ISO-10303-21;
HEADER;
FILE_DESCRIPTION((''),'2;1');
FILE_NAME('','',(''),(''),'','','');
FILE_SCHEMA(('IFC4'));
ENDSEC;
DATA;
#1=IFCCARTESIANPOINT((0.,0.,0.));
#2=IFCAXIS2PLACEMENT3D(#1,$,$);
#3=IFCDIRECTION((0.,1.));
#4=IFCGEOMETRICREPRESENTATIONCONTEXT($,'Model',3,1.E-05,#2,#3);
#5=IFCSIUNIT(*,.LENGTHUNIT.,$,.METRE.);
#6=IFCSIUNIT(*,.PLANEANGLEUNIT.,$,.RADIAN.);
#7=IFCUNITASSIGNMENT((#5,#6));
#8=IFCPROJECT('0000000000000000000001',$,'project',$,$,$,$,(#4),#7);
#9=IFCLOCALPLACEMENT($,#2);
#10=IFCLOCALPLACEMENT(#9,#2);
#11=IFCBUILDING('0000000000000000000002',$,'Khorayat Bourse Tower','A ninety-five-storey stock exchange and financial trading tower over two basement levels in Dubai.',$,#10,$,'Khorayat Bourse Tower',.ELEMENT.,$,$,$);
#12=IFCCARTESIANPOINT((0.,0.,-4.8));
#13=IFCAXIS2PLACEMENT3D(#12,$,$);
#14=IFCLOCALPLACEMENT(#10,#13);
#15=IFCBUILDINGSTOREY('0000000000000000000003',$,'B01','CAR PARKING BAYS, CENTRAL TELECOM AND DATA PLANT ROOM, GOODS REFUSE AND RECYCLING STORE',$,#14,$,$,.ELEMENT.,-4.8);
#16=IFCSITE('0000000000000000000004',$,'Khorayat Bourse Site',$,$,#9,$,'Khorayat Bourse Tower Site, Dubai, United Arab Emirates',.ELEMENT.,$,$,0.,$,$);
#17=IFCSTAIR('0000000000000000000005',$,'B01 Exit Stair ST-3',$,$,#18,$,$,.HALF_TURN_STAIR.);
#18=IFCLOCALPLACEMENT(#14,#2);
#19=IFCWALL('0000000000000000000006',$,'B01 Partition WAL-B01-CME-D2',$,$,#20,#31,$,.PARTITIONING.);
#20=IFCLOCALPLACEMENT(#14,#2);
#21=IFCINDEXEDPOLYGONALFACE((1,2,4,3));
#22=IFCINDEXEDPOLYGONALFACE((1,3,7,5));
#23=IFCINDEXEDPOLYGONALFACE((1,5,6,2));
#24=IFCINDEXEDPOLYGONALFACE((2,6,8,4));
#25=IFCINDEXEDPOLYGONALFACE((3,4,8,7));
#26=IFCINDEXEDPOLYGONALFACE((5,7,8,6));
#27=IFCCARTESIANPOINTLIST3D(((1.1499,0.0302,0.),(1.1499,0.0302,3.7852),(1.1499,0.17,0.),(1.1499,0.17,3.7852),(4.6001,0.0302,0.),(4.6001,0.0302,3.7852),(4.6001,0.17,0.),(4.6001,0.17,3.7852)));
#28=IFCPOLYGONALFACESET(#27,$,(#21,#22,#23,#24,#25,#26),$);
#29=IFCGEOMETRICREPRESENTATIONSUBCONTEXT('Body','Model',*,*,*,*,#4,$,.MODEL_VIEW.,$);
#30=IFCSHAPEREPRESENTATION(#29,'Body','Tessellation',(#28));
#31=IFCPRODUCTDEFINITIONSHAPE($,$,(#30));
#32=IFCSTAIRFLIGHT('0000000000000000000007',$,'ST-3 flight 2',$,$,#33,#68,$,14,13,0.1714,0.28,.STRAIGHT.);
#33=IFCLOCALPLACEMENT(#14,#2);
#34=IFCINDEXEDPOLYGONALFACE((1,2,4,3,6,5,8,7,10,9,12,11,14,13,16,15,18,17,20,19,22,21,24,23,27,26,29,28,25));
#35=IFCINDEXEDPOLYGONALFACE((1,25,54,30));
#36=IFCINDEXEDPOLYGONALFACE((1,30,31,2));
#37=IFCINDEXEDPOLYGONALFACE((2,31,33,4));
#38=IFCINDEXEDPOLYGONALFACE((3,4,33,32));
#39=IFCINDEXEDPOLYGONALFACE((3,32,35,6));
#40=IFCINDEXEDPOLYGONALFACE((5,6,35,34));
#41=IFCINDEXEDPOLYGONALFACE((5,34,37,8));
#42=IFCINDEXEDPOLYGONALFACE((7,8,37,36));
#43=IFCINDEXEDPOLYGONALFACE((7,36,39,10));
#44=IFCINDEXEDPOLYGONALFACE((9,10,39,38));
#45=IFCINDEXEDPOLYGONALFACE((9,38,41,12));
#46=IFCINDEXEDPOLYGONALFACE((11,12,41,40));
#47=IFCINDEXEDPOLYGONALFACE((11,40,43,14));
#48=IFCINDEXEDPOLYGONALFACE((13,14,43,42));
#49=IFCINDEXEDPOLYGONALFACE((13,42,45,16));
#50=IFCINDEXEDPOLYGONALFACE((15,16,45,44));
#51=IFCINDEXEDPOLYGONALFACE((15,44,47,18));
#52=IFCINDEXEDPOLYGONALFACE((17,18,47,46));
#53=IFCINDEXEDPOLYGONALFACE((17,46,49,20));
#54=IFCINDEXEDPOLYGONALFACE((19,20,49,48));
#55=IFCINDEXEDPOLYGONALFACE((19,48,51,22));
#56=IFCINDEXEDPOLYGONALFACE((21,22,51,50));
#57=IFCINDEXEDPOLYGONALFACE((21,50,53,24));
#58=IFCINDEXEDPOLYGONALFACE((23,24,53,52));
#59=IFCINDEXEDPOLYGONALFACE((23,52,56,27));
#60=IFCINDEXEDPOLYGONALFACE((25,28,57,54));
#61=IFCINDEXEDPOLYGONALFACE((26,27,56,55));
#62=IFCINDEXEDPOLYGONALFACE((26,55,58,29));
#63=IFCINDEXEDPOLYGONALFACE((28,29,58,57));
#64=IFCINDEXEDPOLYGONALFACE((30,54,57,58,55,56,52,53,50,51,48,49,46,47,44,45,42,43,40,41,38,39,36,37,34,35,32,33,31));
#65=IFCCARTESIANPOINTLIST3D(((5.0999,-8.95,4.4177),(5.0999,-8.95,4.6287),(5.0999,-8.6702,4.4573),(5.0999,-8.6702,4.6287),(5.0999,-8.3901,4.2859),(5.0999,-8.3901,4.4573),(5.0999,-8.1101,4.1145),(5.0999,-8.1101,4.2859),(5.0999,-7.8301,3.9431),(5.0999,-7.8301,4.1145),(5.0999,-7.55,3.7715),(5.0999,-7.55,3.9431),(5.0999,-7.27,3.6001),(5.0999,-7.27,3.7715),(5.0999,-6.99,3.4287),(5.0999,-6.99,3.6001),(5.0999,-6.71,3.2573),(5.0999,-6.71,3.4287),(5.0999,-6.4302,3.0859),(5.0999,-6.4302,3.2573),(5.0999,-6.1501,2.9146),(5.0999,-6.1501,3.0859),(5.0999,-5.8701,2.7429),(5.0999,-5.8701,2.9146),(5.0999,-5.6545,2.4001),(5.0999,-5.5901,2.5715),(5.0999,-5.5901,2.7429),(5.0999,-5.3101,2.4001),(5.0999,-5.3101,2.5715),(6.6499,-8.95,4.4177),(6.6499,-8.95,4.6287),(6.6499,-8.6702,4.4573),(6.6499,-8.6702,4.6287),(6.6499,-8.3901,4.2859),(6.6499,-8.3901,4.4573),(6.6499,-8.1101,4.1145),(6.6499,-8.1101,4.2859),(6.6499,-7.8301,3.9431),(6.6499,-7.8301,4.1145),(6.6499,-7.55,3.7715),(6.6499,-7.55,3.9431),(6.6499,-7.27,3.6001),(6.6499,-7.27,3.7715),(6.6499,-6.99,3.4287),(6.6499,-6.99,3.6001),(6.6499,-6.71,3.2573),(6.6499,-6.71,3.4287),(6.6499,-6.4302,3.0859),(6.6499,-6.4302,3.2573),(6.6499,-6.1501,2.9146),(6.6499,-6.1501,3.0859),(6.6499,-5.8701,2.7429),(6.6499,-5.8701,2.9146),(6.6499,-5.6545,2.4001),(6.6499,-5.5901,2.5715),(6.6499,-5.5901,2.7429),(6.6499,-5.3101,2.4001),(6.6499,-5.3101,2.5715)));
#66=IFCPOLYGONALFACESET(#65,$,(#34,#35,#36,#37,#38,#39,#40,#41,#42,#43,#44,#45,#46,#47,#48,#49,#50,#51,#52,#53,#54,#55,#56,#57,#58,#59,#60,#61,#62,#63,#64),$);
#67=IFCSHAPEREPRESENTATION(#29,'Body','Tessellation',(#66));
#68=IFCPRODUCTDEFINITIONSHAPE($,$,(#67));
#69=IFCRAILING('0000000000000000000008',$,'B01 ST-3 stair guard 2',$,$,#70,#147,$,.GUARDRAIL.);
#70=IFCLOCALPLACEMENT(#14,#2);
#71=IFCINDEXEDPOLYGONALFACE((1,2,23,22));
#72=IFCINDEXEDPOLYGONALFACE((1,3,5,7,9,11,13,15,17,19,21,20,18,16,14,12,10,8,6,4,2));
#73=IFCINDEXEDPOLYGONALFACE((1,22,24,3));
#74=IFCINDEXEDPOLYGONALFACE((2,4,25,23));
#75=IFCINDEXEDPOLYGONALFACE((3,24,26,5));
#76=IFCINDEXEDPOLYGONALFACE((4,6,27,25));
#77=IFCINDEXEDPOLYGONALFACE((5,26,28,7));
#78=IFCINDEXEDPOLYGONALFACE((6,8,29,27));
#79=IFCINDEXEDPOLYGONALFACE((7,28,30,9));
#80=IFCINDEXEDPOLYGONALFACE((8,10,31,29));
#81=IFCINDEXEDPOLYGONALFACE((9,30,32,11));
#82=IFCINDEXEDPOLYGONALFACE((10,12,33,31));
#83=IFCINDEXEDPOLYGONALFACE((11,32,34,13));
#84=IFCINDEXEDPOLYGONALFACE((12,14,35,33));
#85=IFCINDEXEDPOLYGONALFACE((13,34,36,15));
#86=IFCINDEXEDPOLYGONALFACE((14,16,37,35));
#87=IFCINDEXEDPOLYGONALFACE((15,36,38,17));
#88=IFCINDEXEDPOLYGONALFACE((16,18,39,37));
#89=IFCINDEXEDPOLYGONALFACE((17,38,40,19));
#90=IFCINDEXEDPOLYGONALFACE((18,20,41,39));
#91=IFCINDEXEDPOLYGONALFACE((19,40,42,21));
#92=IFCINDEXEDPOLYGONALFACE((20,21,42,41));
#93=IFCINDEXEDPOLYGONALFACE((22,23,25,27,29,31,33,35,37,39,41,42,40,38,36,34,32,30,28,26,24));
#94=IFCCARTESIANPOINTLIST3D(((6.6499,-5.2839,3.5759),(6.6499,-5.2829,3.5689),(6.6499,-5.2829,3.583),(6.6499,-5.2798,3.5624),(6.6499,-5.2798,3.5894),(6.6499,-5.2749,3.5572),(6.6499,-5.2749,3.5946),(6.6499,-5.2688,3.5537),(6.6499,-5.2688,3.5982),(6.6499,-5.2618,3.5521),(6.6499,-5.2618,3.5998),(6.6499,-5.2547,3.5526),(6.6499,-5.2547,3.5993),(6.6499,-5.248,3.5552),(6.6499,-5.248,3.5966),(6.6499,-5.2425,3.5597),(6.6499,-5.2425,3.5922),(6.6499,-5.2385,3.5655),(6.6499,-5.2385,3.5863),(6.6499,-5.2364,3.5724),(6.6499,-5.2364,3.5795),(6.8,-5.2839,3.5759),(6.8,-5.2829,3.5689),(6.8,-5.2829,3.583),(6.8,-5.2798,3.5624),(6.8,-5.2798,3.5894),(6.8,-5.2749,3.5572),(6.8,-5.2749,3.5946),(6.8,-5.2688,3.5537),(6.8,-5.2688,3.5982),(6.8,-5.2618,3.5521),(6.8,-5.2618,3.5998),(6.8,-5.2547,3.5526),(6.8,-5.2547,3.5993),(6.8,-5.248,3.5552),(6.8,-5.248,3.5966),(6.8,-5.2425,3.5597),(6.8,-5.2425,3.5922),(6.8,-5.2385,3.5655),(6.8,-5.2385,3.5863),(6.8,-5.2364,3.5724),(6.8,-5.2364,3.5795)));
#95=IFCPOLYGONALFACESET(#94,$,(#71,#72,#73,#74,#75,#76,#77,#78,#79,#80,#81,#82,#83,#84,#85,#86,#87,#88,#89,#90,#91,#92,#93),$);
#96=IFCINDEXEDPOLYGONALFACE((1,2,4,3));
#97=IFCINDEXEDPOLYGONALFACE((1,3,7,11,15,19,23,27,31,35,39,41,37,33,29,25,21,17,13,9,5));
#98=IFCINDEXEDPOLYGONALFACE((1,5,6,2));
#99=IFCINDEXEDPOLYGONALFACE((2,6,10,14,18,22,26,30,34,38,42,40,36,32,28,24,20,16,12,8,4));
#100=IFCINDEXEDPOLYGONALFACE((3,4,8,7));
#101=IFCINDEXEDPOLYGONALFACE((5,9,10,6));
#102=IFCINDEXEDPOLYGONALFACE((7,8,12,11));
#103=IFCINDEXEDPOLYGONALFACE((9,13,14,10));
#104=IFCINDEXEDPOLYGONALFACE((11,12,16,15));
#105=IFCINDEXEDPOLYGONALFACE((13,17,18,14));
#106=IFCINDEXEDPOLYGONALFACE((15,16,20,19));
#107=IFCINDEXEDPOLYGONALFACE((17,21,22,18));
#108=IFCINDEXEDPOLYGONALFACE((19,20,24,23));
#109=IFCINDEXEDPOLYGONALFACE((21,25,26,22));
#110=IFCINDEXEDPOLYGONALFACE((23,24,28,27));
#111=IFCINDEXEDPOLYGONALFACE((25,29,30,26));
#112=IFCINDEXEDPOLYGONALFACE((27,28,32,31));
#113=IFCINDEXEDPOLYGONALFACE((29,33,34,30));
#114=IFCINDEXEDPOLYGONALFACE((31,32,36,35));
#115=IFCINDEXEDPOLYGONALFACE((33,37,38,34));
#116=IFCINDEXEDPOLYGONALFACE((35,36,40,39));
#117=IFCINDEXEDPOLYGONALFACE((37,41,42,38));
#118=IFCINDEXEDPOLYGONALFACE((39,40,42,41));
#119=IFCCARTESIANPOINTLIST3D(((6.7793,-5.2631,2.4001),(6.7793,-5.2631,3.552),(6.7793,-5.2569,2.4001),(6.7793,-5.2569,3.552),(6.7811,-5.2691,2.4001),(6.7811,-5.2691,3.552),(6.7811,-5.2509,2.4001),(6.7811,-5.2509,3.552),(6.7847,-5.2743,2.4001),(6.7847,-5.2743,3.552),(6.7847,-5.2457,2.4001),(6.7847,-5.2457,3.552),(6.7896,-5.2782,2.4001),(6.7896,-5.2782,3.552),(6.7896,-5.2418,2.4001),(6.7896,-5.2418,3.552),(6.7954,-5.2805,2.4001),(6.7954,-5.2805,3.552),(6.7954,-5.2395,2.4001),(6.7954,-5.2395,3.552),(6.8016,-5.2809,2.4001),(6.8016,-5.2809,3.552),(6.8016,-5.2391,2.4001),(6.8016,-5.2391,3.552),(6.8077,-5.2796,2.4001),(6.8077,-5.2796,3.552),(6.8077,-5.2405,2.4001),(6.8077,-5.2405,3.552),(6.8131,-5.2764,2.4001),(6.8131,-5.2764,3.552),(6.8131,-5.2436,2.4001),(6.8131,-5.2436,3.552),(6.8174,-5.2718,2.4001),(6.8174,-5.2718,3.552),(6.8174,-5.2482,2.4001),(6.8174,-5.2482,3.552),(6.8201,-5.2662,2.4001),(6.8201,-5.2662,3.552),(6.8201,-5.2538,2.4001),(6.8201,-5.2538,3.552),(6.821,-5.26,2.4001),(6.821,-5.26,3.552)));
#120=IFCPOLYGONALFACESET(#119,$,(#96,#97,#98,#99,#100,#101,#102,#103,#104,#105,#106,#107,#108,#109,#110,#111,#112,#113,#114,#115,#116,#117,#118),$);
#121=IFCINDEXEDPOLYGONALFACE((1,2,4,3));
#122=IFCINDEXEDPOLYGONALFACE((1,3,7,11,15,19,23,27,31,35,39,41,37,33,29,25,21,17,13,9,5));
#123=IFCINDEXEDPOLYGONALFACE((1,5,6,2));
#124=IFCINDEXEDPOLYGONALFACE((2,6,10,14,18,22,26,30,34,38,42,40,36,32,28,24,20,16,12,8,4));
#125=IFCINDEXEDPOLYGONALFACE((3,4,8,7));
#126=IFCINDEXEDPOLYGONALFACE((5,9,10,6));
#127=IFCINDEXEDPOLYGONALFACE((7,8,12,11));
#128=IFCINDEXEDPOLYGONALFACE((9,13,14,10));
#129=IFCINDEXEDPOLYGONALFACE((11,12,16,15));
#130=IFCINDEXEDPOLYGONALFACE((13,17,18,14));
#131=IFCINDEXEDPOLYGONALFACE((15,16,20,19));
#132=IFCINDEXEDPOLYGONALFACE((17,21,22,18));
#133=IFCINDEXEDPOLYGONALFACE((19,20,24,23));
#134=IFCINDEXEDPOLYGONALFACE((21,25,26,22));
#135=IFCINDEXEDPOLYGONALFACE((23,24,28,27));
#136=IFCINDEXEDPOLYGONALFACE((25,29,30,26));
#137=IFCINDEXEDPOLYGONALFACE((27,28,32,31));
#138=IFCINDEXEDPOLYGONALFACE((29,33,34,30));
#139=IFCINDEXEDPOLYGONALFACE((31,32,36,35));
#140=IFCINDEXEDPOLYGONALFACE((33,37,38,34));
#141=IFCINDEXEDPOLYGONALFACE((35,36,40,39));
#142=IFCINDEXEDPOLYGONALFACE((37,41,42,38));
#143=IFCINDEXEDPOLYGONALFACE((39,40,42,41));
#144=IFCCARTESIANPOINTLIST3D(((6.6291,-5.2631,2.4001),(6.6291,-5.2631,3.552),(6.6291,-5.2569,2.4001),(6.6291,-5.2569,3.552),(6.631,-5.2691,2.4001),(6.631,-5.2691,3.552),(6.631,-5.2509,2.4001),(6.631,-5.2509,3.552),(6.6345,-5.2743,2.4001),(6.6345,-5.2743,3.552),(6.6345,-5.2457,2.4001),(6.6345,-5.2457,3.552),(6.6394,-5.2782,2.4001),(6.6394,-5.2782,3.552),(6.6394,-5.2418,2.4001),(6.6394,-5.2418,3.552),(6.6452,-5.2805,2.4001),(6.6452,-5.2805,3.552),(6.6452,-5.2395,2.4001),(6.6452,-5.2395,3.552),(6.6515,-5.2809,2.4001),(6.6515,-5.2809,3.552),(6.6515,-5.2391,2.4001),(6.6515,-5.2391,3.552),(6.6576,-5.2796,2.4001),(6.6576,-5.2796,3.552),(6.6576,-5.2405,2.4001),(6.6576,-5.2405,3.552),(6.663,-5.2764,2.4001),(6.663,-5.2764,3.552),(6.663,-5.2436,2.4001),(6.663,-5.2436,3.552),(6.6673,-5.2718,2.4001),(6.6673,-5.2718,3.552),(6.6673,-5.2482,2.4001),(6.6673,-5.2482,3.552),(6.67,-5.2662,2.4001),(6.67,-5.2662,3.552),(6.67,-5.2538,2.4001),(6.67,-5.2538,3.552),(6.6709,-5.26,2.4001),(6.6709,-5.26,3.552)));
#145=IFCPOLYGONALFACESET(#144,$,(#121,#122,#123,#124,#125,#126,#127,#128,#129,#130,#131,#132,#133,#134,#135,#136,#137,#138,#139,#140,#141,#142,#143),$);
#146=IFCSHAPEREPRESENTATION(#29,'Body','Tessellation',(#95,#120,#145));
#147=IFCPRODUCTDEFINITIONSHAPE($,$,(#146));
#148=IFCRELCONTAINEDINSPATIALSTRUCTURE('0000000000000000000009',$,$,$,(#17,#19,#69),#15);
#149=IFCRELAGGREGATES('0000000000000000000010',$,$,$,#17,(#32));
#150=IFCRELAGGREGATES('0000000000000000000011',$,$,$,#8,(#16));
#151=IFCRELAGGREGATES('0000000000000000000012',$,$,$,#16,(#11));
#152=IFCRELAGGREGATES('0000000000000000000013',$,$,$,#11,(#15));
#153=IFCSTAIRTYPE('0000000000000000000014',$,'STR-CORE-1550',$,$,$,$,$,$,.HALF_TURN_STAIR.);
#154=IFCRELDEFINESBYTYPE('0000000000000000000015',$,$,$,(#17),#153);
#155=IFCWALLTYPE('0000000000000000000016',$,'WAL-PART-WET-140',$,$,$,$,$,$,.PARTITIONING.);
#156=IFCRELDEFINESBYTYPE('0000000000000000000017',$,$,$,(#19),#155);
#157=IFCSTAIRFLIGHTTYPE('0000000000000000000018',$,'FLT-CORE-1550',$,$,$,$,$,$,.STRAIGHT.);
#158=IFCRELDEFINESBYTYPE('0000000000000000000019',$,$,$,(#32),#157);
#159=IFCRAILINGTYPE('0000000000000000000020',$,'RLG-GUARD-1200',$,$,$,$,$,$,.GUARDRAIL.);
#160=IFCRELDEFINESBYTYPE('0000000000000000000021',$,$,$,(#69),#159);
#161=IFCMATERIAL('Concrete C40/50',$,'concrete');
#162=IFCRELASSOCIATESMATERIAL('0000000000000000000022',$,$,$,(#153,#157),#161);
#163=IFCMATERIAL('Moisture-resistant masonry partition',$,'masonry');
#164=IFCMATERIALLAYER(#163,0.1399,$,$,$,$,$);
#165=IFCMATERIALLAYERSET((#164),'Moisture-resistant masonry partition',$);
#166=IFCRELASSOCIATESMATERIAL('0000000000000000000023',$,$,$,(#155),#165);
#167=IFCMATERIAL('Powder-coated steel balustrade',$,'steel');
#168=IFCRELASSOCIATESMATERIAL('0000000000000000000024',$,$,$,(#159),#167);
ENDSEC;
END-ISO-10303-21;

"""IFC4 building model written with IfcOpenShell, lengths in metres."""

from ifc_helpers import new_model, si_unit, direction, frame, frame_2d, origin, origin_2d, place, context, subcontext, project, spatial, polyline, rectangle, circle, outline, extrude, source, transform, mapped, material, layer, layer_set, type_object, element, aggregate, save


model = new_model("IFC4")

# Units and contexts
model_context = context("Model", 3, precision=1e-05, world=origin(), true_north=direction((0.0, 1.0)))
body_context = subcontext(model_context, "Body", "Model", "MODEL_VIEW")
ifc_project = project(units=[si_unit("LENGTHUNIT", "METRE"), si_unit("PLANEANGLEUNIT", "RADIAN")], contexts=[model_context])

# Site, building, storey
site_placement = place(None, origin())
site = spatial("IfcSite", under=ifc_project, at=site_placement, Name="Khorayat Bourse Site", LongName="Khorayat Bourse Tower Site, Dubai, United Arab Emirates", CompositionType="ELEMENT", RefElevation=0.0)
building_placement = place(site_placement, origin())
building = spatial("IfcBuilding", under=site, at=building_placement, Name="Khorayat Bourse Tower", Description="A ninety-five-storey stock exchange and financial trading tower over two basement levels in Dubai.", LongName="Khorayat Bourse Tower", CompositionType="ELEMENT")
storey_placement = place(building_placement, frame((0.0, 0.0, -4.8)))
storey = spatial("IfcBuildingStorey", under=building, at=storey_placement, Name="B01", Description="CAR PARKING BAYS, CENTRAL TELECOM AND DATA PLANT ROOM, GOODS REFUSE AND RECYCLING STORE", CompositionType="ELEMENT", Elevation=-4.8)

# Stair
ifc_material_1 = material(Name="Concrete C40/50", Category="concrete")
stair_type_1 = type_object("IfcStairType", Name="STR-CORE-1550", PredefinedType="HALF_TURN_STAIR", material=ifc_material_1)
stair_1_placement = place(storey_placement, origin())
stair_1 = element("IfcStair", 1, at=stair_1_placement, inside=storey, type_object=stair_type_1, Name="B01 Exit Stair ST-3", PredefinedType="HALF_TURN_STAIR")

# Wall
ifc_material_2 = material(Name="Moisture-resistant masonry partition", Category="masonry")
ifc_layer_1 = layer(ifc_material_2, 0.1399)
ifc_layer_set_1 = layer_set([ifc_layer_1], Name="Moisture-resistant masonry partition")
wall_type_1 = type_object("IfcWallType", Name="WAL-PART-WET-140", PredefinedType="PARTITIONING", material=ifc_layer_set_1)
shared_shape_1 = source(origin(), body_context, "Body", "SweptSolid", [
    extrude(rectangle(XDim=3.4502, YDim=0.1399, at=frame_2d((1.7251, 0.0))), origin(), (0.0, 0.0, 1.0), 3.7852),
])
wall_1_placement = place(storey_placement, frame((1.1499, 0.1001, 0.0), z_axis=(0.0, 0.0, 1.0), x_axis=(1.0, 0.0, 0.0)))
element("IfcWall", 2, at=wall_1_placement, inside=storey, type_object=wall_type_1, Name="B01 Partition WAL-B01-CME-D2", PredefinedType="PARTITIONING", context=body_context, shape_type="MappedRepresentation", body=[
    mapped(shared_shape_1, transform((0.0, 0.0, 0.0), scale=1.0)),
])

# Stair flight
stair_flight_type = type_object("IfcStairFlightType", Name="FLT-CORE-1550", PredefinedType="STRAIGHT", material=ifc_material_1)
shared_shape_2 = source(origin(), body_context, "Body", "SweptSolid", [
    extrude(outline(polyline([(0.0, 0.0), (0.0, 0.1714), (0.28, 0.1714), (0.28, 0.3428), (0.5601, 0.3428), (0.5601, 0.5144), (0.8401, 0.5144), (0.8401, 0.6858), (1.1201, 0.6858), (1.1201, 0.8572), (1.3999, 0.8572), (1.3999, 1.0286), (1.6799, 1.0286), (1.6799, 1.2), (1.96, 1.2), (1.96, 1.3713), (2.24, 1.3713), (2.24, 1.543), (2.52, 1.543), (2.52, 1.7144), (2.8, 1.7144), (2.8, 1.8857), (3.0801, 1.8857), (3.0801, 2.0571), (3.3601, 2.0571), (3.3601, 2.2285), (3.6399, 2.2285), (3.6399, 2.3999), (3.6399, 2.0176), (0.3445, 0.0), (0.0, 0.0)])), frame((0.0, 0.7749, 0.0), z_axis=(0.0, -1.0, 0.0), x_axis=(1.0, 0.0, 0.0)), (0.0, 0.0, 1.0), 1.55),
])
stair_flight_placement = place(storey_placement, frame((5.875, -5.3101, 2.4001), z_axis=(0.0, 0.0, 1.0), x_axis=(0.0, -1.0, 0.0)))
stair_flight = element("IfcStairFlight", 3, at=stair_flight_placement, type_object=stair_flight_type, Name="ST-3 flight 2", NumberOfRisers=14, NumberOfTreads=13, PredefinedType="STRAIGHT", RiserHeight=0.1714, TreadLength=0.28, context=body_context, shape_type="MappedRepresentation", body=[
    mapped(shared_shape_2, transform((0.0, 0.0, 0.0), scale=1.0)),
])
aggregate(stair_1, [stair_flight])

# Railing
ifc_material_3 = material(Name="Powder-coated steel balustrade", Category="steel")
railing_type_1 = type_object("IfcRailingType", Name="RLG-GUARD-1200", PredefinedType="GUARDRAIL", material=ifc_material_3)
shared_shape_3 = source(origin(), body_context, "Body", "SweptSolid", [
    extrude(circle(Radius=0.0239, at=origin_2d()), frame((0.0, 0.0, 1.1758), z_axis=(-1.0, 0.0, 0.0), x_axis=(0.0, -1.0, 0.0)), (0.0, 0.0, 1.0), 0.1501),
    extrude(circle(Radius=0.021, at=origin_2d()), origin(), (0.0, 0.0, 1.0), 1.1519),
    extrude(circle(Radius=0.021, at=origin_2d()), frame((-0.1501, 0.0, 0.0)), (0.0, 0.0, 1.0), 1.1519),
])
railing_1_placement = place(storey_placement, frame((6.8, -5.26, 2.4001)))
element("IfcRailing", 4, at=railing_1_placement, inside=storey, type_object=railing_type_1, Name="B01 ST-3 stair guard 2", PredefinedType="GUARDRAIL", context=body_context, shape_type="MappedRepresentation", body=[
    mapped(shared_shape_3, transform((0.0, 0.0, 0.0), scale=1.0)),
])

save(model, "model.ifc")
